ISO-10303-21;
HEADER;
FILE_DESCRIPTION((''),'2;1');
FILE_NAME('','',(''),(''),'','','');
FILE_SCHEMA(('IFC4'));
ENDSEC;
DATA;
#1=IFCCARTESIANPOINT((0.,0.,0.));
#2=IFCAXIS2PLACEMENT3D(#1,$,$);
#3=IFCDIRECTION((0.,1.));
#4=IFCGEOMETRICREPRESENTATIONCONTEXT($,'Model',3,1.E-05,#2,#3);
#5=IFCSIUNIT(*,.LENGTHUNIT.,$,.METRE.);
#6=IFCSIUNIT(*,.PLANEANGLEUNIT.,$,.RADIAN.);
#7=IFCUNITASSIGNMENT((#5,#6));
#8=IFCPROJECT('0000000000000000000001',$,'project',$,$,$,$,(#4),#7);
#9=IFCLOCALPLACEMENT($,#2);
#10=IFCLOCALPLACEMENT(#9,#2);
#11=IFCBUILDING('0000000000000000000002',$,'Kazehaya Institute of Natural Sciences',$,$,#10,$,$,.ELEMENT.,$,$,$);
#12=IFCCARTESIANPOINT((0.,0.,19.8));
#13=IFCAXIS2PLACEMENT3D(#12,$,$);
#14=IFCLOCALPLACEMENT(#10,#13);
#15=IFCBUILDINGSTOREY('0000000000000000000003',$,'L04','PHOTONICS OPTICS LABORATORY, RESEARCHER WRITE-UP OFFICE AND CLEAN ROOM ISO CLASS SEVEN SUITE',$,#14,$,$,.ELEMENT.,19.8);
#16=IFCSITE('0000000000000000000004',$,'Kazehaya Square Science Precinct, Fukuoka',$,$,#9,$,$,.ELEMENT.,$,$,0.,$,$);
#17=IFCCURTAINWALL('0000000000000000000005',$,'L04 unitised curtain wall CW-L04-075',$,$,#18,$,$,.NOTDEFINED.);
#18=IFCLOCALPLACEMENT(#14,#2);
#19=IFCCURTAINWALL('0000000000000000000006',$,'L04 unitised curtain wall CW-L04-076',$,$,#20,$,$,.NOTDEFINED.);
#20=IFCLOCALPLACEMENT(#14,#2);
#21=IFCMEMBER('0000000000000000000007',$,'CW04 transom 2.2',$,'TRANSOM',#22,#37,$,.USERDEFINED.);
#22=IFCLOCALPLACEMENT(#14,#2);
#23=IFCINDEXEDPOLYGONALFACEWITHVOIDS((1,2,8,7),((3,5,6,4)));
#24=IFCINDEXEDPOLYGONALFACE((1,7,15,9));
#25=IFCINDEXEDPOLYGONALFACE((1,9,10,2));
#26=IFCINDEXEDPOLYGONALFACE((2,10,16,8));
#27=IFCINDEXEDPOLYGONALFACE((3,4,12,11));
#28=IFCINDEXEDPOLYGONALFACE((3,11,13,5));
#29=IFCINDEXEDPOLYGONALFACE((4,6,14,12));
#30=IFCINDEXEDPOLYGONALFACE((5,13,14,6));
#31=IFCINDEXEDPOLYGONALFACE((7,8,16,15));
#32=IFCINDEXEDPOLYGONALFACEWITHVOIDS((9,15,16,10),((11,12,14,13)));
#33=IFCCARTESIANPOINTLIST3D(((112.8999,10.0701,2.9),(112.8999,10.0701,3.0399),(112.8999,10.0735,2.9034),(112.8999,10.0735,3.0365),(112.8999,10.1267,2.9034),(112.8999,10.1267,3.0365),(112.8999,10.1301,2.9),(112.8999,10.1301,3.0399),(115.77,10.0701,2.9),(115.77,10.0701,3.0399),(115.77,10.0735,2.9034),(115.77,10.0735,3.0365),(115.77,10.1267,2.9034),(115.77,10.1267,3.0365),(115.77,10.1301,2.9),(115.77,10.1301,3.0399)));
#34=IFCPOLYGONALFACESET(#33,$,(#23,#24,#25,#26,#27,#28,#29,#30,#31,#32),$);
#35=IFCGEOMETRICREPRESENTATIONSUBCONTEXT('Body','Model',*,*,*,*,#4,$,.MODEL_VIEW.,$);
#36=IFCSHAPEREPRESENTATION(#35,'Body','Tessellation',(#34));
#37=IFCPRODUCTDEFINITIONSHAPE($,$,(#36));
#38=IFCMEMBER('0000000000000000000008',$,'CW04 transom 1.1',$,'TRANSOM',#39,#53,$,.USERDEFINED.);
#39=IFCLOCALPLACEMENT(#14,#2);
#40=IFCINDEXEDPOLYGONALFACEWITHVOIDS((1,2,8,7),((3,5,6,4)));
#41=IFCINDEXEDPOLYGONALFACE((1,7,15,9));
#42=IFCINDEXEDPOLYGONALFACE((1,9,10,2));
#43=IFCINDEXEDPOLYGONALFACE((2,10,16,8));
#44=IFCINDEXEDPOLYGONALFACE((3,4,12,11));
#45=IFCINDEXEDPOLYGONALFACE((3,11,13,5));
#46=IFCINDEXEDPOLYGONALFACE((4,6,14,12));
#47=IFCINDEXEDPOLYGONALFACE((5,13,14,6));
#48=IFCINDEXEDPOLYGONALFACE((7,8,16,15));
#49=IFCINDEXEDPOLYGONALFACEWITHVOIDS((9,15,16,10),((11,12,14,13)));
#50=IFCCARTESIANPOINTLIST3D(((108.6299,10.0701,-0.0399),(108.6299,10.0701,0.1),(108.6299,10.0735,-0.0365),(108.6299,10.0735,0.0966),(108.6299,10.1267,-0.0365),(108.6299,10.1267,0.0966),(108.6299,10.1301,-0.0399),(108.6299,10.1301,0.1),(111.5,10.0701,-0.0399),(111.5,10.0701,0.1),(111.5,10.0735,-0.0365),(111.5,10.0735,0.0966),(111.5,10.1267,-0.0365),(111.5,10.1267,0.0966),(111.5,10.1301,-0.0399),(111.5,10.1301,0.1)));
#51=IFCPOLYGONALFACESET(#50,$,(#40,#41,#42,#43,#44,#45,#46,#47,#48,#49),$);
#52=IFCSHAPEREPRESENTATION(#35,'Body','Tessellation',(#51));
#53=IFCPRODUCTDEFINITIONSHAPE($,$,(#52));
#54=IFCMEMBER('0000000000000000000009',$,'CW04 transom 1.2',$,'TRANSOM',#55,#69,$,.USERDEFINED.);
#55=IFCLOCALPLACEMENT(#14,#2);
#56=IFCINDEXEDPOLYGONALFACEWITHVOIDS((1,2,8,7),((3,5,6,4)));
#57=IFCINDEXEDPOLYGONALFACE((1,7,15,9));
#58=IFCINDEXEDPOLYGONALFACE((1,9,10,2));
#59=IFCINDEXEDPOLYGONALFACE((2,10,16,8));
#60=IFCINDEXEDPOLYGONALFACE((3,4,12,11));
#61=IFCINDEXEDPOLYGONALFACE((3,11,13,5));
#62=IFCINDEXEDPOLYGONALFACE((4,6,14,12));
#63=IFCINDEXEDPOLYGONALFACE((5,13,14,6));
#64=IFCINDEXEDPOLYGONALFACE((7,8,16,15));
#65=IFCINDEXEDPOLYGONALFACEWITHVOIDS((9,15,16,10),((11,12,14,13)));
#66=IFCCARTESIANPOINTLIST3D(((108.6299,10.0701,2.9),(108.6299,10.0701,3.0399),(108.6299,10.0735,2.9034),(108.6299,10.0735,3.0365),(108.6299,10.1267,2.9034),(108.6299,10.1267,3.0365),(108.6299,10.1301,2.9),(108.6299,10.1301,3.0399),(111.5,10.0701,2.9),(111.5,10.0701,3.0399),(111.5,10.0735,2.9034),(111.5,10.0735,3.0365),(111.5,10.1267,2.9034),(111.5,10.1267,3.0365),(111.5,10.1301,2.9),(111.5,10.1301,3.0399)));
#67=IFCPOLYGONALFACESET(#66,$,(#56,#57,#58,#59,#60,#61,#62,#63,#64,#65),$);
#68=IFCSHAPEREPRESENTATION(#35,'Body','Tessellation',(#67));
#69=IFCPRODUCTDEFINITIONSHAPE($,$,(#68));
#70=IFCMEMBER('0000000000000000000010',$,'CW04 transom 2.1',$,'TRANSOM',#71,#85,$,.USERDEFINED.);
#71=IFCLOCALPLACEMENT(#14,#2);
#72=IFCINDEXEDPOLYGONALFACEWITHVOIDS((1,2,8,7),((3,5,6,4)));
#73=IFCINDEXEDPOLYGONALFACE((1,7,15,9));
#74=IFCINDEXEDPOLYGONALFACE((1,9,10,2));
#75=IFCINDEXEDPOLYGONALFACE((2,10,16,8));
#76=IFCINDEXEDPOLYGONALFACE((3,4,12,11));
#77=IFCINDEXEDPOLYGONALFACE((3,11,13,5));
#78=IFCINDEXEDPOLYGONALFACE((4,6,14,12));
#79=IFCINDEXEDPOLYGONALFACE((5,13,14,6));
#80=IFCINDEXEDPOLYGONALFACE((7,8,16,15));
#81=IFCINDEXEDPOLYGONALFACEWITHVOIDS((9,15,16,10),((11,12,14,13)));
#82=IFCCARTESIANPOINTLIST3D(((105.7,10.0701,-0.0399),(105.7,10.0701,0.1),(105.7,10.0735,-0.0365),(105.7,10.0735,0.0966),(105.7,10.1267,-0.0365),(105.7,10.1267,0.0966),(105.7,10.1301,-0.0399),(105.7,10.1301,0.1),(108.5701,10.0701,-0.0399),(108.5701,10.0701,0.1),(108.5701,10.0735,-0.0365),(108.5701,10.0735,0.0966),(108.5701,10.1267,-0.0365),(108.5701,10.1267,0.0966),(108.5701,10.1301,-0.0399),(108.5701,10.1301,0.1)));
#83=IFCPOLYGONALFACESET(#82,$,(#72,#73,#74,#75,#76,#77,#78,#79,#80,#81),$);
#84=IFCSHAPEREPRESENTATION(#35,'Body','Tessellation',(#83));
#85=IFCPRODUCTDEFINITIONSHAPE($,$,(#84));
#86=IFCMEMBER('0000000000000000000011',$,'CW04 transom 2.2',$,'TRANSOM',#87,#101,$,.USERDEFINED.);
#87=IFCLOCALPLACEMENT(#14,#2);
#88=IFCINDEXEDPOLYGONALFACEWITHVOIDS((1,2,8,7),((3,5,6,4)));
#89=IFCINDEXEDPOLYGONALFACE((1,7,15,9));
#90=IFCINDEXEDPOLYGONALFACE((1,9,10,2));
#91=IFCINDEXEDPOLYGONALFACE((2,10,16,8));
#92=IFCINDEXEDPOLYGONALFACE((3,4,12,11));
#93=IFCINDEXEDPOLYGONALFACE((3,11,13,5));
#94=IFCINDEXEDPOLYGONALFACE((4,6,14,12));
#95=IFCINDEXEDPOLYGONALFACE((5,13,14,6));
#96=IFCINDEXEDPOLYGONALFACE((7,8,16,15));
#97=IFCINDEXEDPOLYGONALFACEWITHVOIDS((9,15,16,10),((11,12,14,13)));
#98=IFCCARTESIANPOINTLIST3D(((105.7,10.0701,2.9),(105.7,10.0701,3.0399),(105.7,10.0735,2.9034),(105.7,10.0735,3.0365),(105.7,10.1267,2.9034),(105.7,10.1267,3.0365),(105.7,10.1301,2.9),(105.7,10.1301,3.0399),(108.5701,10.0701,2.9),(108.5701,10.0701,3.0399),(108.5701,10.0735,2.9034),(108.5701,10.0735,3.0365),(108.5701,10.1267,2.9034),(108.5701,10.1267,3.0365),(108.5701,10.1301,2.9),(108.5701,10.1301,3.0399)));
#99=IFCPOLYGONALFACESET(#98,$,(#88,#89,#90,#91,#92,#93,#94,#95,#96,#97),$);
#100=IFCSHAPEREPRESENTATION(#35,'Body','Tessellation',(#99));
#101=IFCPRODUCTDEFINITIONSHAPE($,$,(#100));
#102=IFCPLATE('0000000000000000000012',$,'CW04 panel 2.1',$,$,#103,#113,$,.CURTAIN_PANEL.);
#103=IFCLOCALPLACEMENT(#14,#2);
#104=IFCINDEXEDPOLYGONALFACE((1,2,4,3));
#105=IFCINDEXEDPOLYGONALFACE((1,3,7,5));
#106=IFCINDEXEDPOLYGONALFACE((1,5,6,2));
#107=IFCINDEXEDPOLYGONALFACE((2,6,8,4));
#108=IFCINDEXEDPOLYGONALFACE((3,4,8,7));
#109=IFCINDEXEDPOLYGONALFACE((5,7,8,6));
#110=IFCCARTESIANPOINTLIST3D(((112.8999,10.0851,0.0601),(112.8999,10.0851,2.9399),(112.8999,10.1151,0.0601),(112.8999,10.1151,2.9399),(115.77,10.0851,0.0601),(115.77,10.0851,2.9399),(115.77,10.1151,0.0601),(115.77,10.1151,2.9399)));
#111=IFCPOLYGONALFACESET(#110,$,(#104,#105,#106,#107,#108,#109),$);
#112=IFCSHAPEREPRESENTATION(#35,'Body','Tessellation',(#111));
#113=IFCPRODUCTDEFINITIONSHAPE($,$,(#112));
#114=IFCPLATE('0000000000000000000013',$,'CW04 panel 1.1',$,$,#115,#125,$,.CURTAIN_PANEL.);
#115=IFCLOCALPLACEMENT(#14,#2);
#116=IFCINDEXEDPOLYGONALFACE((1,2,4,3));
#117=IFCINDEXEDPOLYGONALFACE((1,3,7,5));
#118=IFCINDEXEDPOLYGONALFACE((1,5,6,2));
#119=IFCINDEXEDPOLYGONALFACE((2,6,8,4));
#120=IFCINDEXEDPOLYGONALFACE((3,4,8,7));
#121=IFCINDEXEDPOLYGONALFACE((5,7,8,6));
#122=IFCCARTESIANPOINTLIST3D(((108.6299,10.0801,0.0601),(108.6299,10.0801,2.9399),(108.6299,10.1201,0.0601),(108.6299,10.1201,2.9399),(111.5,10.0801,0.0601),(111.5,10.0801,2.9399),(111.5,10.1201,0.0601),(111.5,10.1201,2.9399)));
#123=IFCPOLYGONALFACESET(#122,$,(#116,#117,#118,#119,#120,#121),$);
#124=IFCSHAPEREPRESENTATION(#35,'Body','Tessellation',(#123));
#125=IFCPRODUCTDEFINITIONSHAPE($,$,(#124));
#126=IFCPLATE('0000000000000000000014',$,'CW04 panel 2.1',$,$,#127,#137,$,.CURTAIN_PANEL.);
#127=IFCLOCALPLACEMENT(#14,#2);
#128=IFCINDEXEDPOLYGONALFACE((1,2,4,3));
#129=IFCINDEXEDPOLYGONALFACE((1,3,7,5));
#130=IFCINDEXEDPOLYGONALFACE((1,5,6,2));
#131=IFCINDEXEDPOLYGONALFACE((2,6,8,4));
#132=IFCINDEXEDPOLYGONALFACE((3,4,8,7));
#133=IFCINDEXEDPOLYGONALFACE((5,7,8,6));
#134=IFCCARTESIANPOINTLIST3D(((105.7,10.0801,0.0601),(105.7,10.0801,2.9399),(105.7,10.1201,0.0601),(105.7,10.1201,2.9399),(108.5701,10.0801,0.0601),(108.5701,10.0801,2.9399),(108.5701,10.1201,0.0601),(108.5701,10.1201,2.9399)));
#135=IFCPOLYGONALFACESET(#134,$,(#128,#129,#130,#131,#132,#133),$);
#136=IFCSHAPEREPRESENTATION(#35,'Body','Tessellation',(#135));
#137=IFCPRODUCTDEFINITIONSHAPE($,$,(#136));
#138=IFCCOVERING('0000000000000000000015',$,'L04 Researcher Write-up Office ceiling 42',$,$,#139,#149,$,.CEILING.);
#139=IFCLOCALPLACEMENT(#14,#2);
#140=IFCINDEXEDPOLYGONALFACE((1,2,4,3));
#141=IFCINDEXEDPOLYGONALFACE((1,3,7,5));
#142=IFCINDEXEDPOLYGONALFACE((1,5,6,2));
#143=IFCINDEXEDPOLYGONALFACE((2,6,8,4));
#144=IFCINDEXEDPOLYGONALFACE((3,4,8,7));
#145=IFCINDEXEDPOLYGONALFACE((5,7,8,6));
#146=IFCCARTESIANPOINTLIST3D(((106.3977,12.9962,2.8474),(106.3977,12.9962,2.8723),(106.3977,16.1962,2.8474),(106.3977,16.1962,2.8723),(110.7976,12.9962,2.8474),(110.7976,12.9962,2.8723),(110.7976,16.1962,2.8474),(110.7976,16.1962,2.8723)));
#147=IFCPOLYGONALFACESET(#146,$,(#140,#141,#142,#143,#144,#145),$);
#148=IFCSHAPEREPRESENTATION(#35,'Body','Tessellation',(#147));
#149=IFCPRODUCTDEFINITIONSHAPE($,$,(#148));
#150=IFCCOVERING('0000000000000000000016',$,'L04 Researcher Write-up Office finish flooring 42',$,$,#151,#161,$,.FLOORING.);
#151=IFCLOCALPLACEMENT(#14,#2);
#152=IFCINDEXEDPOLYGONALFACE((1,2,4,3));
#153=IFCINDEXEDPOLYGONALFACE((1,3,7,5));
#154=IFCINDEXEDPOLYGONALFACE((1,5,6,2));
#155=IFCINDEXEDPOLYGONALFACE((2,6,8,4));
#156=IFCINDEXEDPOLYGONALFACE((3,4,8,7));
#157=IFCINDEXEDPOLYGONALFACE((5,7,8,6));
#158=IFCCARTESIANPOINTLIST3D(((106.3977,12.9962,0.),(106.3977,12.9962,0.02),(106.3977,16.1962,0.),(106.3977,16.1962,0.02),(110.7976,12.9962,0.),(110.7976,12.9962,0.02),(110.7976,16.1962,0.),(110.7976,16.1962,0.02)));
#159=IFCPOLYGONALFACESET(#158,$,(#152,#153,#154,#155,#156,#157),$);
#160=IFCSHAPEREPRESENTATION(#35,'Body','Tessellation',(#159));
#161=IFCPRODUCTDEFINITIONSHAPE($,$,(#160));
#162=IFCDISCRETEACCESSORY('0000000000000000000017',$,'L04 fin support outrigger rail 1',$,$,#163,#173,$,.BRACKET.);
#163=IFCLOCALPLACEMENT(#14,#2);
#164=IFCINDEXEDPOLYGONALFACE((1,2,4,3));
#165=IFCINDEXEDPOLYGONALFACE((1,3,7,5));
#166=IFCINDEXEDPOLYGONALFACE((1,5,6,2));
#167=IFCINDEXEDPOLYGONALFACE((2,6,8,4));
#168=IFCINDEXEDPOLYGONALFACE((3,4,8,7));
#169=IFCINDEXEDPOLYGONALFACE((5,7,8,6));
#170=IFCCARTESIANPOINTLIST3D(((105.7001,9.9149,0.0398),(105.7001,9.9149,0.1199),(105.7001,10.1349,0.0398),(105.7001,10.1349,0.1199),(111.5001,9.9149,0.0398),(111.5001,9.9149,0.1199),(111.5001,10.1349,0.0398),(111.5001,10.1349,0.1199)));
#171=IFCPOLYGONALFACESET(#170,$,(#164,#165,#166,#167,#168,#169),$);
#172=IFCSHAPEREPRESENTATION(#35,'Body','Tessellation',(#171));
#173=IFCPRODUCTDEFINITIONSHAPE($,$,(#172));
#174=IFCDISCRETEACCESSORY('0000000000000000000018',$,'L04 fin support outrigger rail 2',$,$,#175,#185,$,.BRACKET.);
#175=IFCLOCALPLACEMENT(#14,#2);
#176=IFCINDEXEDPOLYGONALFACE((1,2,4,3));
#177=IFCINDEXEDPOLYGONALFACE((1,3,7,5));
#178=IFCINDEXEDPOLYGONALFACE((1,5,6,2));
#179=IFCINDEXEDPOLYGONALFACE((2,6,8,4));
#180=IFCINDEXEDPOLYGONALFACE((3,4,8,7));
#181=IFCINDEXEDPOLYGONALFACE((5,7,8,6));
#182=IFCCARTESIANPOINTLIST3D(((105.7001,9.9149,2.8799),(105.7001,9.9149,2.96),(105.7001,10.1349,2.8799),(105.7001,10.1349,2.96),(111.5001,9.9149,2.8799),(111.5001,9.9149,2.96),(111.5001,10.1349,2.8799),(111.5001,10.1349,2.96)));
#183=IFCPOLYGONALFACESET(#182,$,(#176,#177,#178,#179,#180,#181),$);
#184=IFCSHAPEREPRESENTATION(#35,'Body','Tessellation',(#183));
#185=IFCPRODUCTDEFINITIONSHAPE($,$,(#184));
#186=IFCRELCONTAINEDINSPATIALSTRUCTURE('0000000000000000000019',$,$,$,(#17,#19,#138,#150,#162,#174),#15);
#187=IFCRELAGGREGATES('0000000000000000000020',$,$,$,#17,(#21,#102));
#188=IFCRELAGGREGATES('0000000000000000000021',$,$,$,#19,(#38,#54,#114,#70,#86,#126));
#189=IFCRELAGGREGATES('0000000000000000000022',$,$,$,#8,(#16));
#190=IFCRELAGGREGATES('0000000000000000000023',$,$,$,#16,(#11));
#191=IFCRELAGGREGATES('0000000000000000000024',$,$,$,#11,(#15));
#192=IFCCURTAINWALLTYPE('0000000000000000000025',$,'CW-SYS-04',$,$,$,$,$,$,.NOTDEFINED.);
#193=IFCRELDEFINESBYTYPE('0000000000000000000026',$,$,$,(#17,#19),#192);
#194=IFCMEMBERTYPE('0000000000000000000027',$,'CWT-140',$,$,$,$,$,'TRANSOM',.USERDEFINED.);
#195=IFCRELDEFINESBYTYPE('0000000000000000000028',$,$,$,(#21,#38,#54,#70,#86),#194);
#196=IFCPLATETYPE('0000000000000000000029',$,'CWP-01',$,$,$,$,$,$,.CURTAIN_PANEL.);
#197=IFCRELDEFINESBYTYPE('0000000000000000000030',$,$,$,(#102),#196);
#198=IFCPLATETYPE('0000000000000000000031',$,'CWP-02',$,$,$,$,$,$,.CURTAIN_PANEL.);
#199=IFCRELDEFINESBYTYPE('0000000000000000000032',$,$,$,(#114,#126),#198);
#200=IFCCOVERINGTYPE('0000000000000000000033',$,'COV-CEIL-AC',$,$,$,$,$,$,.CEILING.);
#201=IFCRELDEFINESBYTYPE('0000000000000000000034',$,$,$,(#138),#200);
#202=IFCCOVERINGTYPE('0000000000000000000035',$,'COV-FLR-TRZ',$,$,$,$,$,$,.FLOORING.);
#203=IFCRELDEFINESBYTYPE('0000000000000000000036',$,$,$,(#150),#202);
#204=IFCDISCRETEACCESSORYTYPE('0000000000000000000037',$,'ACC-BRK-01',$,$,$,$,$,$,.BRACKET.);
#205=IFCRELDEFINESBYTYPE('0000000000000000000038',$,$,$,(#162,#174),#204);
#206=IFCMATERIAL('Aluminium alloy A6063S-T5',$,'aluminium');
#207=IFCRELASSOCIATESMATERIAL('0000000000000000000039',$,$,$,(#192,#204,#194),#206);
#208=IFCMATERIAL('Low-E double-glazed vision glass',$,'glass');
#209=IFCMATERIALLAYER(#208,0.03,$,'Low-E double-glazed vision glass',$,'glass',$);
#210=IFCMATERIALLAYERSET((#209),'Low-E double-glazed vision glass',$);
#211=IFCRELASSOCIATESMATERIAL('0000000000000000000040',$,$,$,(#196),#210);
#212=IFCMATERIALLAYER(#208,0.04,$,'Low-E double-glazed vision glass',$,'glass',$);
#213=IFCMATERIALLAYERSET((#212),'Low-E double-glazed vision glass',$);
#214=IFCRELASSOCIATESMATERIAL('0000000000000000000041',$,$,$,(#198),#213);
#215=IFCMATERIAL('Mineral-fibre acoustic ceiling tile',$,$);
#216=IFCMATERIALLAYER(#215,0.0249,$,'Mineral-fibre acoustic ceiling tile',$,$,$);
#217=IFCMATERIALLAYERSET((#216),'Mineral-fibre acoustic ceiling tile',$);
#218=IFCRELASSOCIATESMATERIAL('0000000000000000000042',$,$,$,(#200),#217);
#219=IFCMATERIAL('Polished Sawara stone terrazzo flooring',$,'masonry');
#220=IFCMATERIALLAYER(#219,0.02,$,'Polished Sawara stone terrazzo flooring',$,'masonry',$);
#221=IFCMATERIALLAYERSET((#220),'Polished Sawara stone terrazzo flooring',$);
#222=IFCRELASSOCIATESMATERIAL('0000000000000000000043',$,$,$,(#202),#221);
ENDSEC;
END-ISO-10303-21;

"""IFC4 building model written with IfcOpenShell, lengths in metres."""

from ifc_helpers import new_model, si_unit, direction, frame, origin, origin_2d, place, context, subcontext, project, spatial, rectangle, hollow_rectangle, extrude, material, layer, layer_set, material_profile, profile_set, type_object, element, aggregate, save


model = new_model("IFC4")

# Units and contexts
model_context = context("Model", 3, precision=1e-05, world=origin(), true_north=direction((0.0, 1.0)))
body_context = subcontext(model_context, "Body", "Model", "MODEL_VIEW")
ifc_project = project(units=[si_unit("LENGTHUNIT", "METRE"), si_unit("PLANEANGLEUNIT", "RADIAN")], contexts=[model_context])

# Site, building, storey
site_placement = place(None, origin())
site = spatial("IfcSite", under=ifc_project, at=site_placement, Name="Kazehaya Square Science Precinct, Fukuoka", CompositionType="ELEMENT", RefElevation=0.0)
building_placement = place(site_placement, origin())
building = spatial("IfcBuilding", under=site, at=building_placement, Name="Kazehaya Institute of Natural Sciences", CompositionType="ELEMENT")
storey_placement = place(building_placement, frame((0.0, 0.0, 19.8)))
storey = spatial("IfcBuildingStorey", under=building, at=storey_placement, Name="L04", Description="PHOTONICS OPTICS LABORATORY, RESEARCHER WRITE-UP OFFICE AND CLEAN ROOM ISO CLASS SEVEN SUITE", CompositionType="ELEMENT", Elevation=19.8)

# Curtain wall
ifc_material_1 = material(Name="Aluminium alloy A6063S-T5", Category="aluminium")
curtain_wall_type = type_object("IfcCurtainWallType", Name="CW-SYS-04", PredefinedType="NOTDEFINED", material=ifc_material_1)
curtain_wall_1_placement = place(storey_placement, origin())
curtain_wall_1 = element("IfcCurtainWall", 1, at=curtain_wall_1_placement, inside=storey, type_object=curtain_wall_type, Name="L04 unitised curtain wall CW-L04-075", PredefinedType="NOTDEFINED")

# Curtain wall
curtain_wall_2_placement = place(storey_placement, origin())
curtain_wall_2 = element("IfcCurtainWall", 2, at=curtain_wall_2_placement, inside=storey, type_object=curtain_wall_type, Name="L04 unitised curtain wall CW-L04-076", PredefinedType="NOTDEFINED")

# Members
ifc_material_profile_1 = material_profile(ifc_material_1, hollow_rectangle(XDim=0.0601, YDim=0.1399, WallThickness=0.0034, at=origin_2d()), Name="ALU-60x140x3.5")
ifc_profile_set_1 = profile_set([ifc_material_profile_1], Name="Aluminium alloy A6063S-T5")
member_type_1 = type_object("IfcMemberType", Name="CWT-140", ElementType="TRANSOM", PredefinedType="USERDEFINED", material=ifc_profile_set_1)
member_1_placement = place(storey_placement, frame((115.77, 10.1001, 2.97), z_axis=(-1.0, 0.0, 0.0), x_axis=(0.0, -1.0, 0.0)))
member_1 = element("IfcMember", 3, at=member_1_placement, type_object=member_type_1, Name="CW04 transom 2.2", ObjectType="TRANSOM", PredefinedType="USERDEFINED", context=body_context, shape_type="SweptSolid", body=[
    extrude(hollow_rectangle(XDim=0.0601, YDim=0.1399, WallThickness=0.0034, at=origin_2d()), origin(), (0.0, 0.0, 1.0), 2.8701),
])
member_2_placement = place(storey_placement, frame((111.5, 10.1001, 0.03), z_axis=(-1.0, 0.0, 0.0), x_axis=(0.0, -1.0, 0.0)))
member_2 = element("IfcMember", 4, at=member_2_placement, type_object=member_type_1, Name="CW04 transom 1.1", ObjectType="TRANSOM", PredefinedType="USERDEFINED", context=body_context, shape_type="SweptSolid", body=[
    extrude(hollow_rectangle(XDim=0.0601, YDim=0.1399, WallThickness=0.0034, at=origin_2d()), origin(), (0.0, 0.0, 1.0), 2.8701),
])
member_3_placement = place(storey_placement, frame((111.5, 10.1001, 2.97), z_axis=(-1.0, 0.0, 0.0), x_axis=(0.0, -1.0, 0.0)))
member_3 = element("IfcMember", 5, at=member_3_placement, type_object=member_type_1, Name="CW04 transom 1.2", ObjectType="TRANSOM", PredefinedType="USERDEFINED", context=body_context, shape_type="SweptSolid", body=[
    extrude(hollow_rectangle(XDim=0.0601, YDim=0.1399, WallThickness=0.0034, at=origin_2d()), origin(), (0.0, 0.0, 1.0), 2.8701),
])
member_4_placement = place(storey_placement, frame((108.5701, 10.1001, 0.03), z_axis=(-1.0, 0.0, 0.0), x_axis=(0.0, -1.0, 0.0)))
member_4 = element("IfcMember", 6, at=member_4_placement, type_object=member_type_1, Name="CW04 transom 2.1", ObjectType="TRANSOM", PredefinedType="USERDEFINED", context=body_context, shape_type="SweptSolid", body=[
    extrude(hollow_rectangle(XDim=0.0601, YDim=0.1399, WallThickness=0.0034, at=origin_2d()), origin(), (0.0, 0.0, 1.0), 2.8701),
])
member_5_placement = place(storey_placement, frame((108.5701, 10.1001, 2.97), z_axis=(-1.0, 0.0, 0.0), x_axis=(0.0, -1.0, 0.0)))
member_5 = element("IfcMember", 7, at=member_5_placement, type_object=member_type_1, Name="CW04 transom 2.2", ObjectType="TRANSOM", PredefinedType="USERDEFINED", context=body_context, shape_type="SweptSolid", body=[
    extrude(hollow_rectangle(XDim=0.0601, YDim=0.1399, WallThickness=0.0034, at=origin_2d()), origin(), (0.0, 0.0, 1.0), 2.8701),
])

# Plates
ifc_material_2 = material(Name="Low-E double-glazed vision glass", Category="glass")
ifc_layer_1 = layer(ifc_material_2, 0.03, Name="Low-E double-glazed vision glass", Category="glass")
ifc_layer_set_1 = layer_set([ifc_layer_1], Name="Low-E double-glazed vision glass")
plate_type_1 = type_object("IfcPlateType", Name="CWP-01", PredefinedType="CURTAIN_PANEL", material=ifc_layer_set_1)
plate_1_placement = place(storey_placement, frame((114.335, 10.1001, 0.0601), z_axis=(0.0, 0.0, 1.0), x_axis=(-1.0, 0.0, 0.0)))
plate_1 = element("IfcPlate", 8, at=plate_1_placement, type_object=plate_type_1, Name="CW04 panel 2.1", PredefinedType="CURTAIN_PANEL", context=body_context, shape_type="SweptSolid", body=[
    extrude(rectangle(XDim=2.8701, YDim=0.03, at=origin_2d()), origin(), (0.0, 0.0, 1.0), 2.8799),
])
aggregate(curtain_wall_1, [member_1, plate_1])
ifc_layer_2 = layer(ifc_material_2, 0.04, Name="Low-E double-glazed vision glass", Category="glass")
ifc_layer_set_2 = layer_set([ifc_layer_2], Name="Low-E double-glazed vision glass")
plate_type_2 = type_object("IfcPlateType", Name="CWP-02", PredefinedType="CURTAIN_PANEL", material=ifc_layer_set_2)
plate_2_placement = place(storey_placement, frame((110.0649, 10.1001, 0.0601), z_axis=(0.0, 0.0, 1.0), x_axis=(-1.0, 0.0, 0.0)))
plate_2 = element("IfcPlate", 9, at=plate_2_placement, type_object=plate_type_2, Name="CW04 panel 1.1", PredefinedType="CURTAIN_PANEL", context=body_context, shape_type="SweptSolid", body=[
    extrude(rectangle(XDim=2.8701, YDim=0.04, at=origin_2d()), origin(), (0.0, 0.0, 1.0), 2.8799),
])
plate_3_placement = place(storey_placement, frame((107.135, 10.1001, 0.0601), z_axis=(0.0, 0.0, 1.0), x_axis=(-1.0, 0.0, 0.0)))
plate_3 = element("IfcPlate", 10, at=plate_3_placement, type_object=plate_type_2, Name="CW04 panel 2.1", PredefinedType="CURTAIN_PANEL", context=body_context, shape_type="SweptSolid", body=[
    extrude(rectangle(XDim=2.8701, YDim=0.04, at=origin_2d()), origin(), (0.0, 0.0, 1.0), 2.8799),
])
aggregate(curtain_wall_2, [member_2, member_3, plate_2, member_4, member_5, plate_3])

# Coverings
ifc_material_3 = material(Name="Mineral-fibre acoustic ceiling tile")
ifc_layer_3 = layer(ifc_material_3, 0.0249, Name="Mineral-fibre acoustic ceiling tile")
ifc_layer_set_3 = layer_set([ifc_layer_3], Name="Mineral-fibre acoustic ceiling tile")
covering_type_1 = type_object("IfcCoveringType", Name="COV-CEIL-AC", PredefinedType="CEILING", material=ifc_layer_set_3)
covering_1_placement = place(storey_placement, frame((108.5977, 14.5962, 2.8474), z_axis=(0.0, 0.0, 1.0), x_axis=(1.0, 0.0, 0.0)))
element("IfcCovering", 11, at=covering_1_placement, inside=storey, type_object=covering_type_1, Name="L04 Researcher Write-up Office ceiling 42", PredefinedType="CEILING", context=body_context, shape_type="SweptSolid", body=[
    extrude(rectangle(XDim=4.3999, YDim=3.2, at=origin_2d()), origin(), (0.0, 0.0, 1.0), 0.0249),
])
ifc_material_4 = material(Name="Polished Sawara stone terrazzo flooring", Category="masonry")
ifc_layer_4 = layer(ifc_material_4, 0.02, Name="Polished Sawara stone terrazzo flooring", Category="masonry")
ifc_layer_set_4 = layer_set([ifc_layer_4], Name="Polished Sawara stone terrazzo flooring")
covering_type_2 = type_object("IfcCoveringType", Name="COV-FLR-TRZ", PredefinedType="FLOORING", material=ifc_layer_set_4)
covering_2_placement = place(storey_placement, frame((108.5977, 14.5962, 0.0), z_axis=(0.0, 0.0, 1.0), x_axis=(1.0, 0.0, 0.0)))
element("IfcCovering", 12, at=covering_2_placement, inside=storey, type_object=covering_type_2, Name="L04 Researcher Write-up Office finish flooring 42", PredefinedType="FLOORING", context=body_context, shape_type="SweptSolid", body=[
    extrude(rectangle(XDim=4.3999, YDim=3.2, at=origin_2d()), origin(), (0.0, 0.0, 1.0), 0.02),
])

# Discrete accessories
discrete_accessory_type_1 = type_object("IfcDiscreteAccessoryType", Name="ACC-BRK-01", PredefinedType="BRACKET", material=ifc_material_1)
for number, where, z_axis, x_axis, name in (
    (13, (108.6001, 10.0249, 0.0398), (0.0, 0.0, 1.0), (-1.0, 0.0, 0.0), "L04 fin support outrigger rail 1"),
    (14, (108.6001, 10.0249, 2.8799), (0.0, 0.0, 1.0), (-1.0, 0.0, 0.0), "L04 fin support outrigger rail 2"),
):
    element("IfcDiscreteAccessory", number, at=place(storey_placement, frame(where, z_axis=z_axis, x_axis=x_axis)), inside=storey, type_object=discrete_accessory_type_1, Name=name, PredefinedType="BRACKET", context=body_context, shape_type="SweptSolid", body=[
        extrude(rectangle(XDim=5.8, YDim=0.22, at=origin_2d()), origin(), (0.0, 0.0, 1.0), 0.0801),
    ])

save(model, "model.ifc")
